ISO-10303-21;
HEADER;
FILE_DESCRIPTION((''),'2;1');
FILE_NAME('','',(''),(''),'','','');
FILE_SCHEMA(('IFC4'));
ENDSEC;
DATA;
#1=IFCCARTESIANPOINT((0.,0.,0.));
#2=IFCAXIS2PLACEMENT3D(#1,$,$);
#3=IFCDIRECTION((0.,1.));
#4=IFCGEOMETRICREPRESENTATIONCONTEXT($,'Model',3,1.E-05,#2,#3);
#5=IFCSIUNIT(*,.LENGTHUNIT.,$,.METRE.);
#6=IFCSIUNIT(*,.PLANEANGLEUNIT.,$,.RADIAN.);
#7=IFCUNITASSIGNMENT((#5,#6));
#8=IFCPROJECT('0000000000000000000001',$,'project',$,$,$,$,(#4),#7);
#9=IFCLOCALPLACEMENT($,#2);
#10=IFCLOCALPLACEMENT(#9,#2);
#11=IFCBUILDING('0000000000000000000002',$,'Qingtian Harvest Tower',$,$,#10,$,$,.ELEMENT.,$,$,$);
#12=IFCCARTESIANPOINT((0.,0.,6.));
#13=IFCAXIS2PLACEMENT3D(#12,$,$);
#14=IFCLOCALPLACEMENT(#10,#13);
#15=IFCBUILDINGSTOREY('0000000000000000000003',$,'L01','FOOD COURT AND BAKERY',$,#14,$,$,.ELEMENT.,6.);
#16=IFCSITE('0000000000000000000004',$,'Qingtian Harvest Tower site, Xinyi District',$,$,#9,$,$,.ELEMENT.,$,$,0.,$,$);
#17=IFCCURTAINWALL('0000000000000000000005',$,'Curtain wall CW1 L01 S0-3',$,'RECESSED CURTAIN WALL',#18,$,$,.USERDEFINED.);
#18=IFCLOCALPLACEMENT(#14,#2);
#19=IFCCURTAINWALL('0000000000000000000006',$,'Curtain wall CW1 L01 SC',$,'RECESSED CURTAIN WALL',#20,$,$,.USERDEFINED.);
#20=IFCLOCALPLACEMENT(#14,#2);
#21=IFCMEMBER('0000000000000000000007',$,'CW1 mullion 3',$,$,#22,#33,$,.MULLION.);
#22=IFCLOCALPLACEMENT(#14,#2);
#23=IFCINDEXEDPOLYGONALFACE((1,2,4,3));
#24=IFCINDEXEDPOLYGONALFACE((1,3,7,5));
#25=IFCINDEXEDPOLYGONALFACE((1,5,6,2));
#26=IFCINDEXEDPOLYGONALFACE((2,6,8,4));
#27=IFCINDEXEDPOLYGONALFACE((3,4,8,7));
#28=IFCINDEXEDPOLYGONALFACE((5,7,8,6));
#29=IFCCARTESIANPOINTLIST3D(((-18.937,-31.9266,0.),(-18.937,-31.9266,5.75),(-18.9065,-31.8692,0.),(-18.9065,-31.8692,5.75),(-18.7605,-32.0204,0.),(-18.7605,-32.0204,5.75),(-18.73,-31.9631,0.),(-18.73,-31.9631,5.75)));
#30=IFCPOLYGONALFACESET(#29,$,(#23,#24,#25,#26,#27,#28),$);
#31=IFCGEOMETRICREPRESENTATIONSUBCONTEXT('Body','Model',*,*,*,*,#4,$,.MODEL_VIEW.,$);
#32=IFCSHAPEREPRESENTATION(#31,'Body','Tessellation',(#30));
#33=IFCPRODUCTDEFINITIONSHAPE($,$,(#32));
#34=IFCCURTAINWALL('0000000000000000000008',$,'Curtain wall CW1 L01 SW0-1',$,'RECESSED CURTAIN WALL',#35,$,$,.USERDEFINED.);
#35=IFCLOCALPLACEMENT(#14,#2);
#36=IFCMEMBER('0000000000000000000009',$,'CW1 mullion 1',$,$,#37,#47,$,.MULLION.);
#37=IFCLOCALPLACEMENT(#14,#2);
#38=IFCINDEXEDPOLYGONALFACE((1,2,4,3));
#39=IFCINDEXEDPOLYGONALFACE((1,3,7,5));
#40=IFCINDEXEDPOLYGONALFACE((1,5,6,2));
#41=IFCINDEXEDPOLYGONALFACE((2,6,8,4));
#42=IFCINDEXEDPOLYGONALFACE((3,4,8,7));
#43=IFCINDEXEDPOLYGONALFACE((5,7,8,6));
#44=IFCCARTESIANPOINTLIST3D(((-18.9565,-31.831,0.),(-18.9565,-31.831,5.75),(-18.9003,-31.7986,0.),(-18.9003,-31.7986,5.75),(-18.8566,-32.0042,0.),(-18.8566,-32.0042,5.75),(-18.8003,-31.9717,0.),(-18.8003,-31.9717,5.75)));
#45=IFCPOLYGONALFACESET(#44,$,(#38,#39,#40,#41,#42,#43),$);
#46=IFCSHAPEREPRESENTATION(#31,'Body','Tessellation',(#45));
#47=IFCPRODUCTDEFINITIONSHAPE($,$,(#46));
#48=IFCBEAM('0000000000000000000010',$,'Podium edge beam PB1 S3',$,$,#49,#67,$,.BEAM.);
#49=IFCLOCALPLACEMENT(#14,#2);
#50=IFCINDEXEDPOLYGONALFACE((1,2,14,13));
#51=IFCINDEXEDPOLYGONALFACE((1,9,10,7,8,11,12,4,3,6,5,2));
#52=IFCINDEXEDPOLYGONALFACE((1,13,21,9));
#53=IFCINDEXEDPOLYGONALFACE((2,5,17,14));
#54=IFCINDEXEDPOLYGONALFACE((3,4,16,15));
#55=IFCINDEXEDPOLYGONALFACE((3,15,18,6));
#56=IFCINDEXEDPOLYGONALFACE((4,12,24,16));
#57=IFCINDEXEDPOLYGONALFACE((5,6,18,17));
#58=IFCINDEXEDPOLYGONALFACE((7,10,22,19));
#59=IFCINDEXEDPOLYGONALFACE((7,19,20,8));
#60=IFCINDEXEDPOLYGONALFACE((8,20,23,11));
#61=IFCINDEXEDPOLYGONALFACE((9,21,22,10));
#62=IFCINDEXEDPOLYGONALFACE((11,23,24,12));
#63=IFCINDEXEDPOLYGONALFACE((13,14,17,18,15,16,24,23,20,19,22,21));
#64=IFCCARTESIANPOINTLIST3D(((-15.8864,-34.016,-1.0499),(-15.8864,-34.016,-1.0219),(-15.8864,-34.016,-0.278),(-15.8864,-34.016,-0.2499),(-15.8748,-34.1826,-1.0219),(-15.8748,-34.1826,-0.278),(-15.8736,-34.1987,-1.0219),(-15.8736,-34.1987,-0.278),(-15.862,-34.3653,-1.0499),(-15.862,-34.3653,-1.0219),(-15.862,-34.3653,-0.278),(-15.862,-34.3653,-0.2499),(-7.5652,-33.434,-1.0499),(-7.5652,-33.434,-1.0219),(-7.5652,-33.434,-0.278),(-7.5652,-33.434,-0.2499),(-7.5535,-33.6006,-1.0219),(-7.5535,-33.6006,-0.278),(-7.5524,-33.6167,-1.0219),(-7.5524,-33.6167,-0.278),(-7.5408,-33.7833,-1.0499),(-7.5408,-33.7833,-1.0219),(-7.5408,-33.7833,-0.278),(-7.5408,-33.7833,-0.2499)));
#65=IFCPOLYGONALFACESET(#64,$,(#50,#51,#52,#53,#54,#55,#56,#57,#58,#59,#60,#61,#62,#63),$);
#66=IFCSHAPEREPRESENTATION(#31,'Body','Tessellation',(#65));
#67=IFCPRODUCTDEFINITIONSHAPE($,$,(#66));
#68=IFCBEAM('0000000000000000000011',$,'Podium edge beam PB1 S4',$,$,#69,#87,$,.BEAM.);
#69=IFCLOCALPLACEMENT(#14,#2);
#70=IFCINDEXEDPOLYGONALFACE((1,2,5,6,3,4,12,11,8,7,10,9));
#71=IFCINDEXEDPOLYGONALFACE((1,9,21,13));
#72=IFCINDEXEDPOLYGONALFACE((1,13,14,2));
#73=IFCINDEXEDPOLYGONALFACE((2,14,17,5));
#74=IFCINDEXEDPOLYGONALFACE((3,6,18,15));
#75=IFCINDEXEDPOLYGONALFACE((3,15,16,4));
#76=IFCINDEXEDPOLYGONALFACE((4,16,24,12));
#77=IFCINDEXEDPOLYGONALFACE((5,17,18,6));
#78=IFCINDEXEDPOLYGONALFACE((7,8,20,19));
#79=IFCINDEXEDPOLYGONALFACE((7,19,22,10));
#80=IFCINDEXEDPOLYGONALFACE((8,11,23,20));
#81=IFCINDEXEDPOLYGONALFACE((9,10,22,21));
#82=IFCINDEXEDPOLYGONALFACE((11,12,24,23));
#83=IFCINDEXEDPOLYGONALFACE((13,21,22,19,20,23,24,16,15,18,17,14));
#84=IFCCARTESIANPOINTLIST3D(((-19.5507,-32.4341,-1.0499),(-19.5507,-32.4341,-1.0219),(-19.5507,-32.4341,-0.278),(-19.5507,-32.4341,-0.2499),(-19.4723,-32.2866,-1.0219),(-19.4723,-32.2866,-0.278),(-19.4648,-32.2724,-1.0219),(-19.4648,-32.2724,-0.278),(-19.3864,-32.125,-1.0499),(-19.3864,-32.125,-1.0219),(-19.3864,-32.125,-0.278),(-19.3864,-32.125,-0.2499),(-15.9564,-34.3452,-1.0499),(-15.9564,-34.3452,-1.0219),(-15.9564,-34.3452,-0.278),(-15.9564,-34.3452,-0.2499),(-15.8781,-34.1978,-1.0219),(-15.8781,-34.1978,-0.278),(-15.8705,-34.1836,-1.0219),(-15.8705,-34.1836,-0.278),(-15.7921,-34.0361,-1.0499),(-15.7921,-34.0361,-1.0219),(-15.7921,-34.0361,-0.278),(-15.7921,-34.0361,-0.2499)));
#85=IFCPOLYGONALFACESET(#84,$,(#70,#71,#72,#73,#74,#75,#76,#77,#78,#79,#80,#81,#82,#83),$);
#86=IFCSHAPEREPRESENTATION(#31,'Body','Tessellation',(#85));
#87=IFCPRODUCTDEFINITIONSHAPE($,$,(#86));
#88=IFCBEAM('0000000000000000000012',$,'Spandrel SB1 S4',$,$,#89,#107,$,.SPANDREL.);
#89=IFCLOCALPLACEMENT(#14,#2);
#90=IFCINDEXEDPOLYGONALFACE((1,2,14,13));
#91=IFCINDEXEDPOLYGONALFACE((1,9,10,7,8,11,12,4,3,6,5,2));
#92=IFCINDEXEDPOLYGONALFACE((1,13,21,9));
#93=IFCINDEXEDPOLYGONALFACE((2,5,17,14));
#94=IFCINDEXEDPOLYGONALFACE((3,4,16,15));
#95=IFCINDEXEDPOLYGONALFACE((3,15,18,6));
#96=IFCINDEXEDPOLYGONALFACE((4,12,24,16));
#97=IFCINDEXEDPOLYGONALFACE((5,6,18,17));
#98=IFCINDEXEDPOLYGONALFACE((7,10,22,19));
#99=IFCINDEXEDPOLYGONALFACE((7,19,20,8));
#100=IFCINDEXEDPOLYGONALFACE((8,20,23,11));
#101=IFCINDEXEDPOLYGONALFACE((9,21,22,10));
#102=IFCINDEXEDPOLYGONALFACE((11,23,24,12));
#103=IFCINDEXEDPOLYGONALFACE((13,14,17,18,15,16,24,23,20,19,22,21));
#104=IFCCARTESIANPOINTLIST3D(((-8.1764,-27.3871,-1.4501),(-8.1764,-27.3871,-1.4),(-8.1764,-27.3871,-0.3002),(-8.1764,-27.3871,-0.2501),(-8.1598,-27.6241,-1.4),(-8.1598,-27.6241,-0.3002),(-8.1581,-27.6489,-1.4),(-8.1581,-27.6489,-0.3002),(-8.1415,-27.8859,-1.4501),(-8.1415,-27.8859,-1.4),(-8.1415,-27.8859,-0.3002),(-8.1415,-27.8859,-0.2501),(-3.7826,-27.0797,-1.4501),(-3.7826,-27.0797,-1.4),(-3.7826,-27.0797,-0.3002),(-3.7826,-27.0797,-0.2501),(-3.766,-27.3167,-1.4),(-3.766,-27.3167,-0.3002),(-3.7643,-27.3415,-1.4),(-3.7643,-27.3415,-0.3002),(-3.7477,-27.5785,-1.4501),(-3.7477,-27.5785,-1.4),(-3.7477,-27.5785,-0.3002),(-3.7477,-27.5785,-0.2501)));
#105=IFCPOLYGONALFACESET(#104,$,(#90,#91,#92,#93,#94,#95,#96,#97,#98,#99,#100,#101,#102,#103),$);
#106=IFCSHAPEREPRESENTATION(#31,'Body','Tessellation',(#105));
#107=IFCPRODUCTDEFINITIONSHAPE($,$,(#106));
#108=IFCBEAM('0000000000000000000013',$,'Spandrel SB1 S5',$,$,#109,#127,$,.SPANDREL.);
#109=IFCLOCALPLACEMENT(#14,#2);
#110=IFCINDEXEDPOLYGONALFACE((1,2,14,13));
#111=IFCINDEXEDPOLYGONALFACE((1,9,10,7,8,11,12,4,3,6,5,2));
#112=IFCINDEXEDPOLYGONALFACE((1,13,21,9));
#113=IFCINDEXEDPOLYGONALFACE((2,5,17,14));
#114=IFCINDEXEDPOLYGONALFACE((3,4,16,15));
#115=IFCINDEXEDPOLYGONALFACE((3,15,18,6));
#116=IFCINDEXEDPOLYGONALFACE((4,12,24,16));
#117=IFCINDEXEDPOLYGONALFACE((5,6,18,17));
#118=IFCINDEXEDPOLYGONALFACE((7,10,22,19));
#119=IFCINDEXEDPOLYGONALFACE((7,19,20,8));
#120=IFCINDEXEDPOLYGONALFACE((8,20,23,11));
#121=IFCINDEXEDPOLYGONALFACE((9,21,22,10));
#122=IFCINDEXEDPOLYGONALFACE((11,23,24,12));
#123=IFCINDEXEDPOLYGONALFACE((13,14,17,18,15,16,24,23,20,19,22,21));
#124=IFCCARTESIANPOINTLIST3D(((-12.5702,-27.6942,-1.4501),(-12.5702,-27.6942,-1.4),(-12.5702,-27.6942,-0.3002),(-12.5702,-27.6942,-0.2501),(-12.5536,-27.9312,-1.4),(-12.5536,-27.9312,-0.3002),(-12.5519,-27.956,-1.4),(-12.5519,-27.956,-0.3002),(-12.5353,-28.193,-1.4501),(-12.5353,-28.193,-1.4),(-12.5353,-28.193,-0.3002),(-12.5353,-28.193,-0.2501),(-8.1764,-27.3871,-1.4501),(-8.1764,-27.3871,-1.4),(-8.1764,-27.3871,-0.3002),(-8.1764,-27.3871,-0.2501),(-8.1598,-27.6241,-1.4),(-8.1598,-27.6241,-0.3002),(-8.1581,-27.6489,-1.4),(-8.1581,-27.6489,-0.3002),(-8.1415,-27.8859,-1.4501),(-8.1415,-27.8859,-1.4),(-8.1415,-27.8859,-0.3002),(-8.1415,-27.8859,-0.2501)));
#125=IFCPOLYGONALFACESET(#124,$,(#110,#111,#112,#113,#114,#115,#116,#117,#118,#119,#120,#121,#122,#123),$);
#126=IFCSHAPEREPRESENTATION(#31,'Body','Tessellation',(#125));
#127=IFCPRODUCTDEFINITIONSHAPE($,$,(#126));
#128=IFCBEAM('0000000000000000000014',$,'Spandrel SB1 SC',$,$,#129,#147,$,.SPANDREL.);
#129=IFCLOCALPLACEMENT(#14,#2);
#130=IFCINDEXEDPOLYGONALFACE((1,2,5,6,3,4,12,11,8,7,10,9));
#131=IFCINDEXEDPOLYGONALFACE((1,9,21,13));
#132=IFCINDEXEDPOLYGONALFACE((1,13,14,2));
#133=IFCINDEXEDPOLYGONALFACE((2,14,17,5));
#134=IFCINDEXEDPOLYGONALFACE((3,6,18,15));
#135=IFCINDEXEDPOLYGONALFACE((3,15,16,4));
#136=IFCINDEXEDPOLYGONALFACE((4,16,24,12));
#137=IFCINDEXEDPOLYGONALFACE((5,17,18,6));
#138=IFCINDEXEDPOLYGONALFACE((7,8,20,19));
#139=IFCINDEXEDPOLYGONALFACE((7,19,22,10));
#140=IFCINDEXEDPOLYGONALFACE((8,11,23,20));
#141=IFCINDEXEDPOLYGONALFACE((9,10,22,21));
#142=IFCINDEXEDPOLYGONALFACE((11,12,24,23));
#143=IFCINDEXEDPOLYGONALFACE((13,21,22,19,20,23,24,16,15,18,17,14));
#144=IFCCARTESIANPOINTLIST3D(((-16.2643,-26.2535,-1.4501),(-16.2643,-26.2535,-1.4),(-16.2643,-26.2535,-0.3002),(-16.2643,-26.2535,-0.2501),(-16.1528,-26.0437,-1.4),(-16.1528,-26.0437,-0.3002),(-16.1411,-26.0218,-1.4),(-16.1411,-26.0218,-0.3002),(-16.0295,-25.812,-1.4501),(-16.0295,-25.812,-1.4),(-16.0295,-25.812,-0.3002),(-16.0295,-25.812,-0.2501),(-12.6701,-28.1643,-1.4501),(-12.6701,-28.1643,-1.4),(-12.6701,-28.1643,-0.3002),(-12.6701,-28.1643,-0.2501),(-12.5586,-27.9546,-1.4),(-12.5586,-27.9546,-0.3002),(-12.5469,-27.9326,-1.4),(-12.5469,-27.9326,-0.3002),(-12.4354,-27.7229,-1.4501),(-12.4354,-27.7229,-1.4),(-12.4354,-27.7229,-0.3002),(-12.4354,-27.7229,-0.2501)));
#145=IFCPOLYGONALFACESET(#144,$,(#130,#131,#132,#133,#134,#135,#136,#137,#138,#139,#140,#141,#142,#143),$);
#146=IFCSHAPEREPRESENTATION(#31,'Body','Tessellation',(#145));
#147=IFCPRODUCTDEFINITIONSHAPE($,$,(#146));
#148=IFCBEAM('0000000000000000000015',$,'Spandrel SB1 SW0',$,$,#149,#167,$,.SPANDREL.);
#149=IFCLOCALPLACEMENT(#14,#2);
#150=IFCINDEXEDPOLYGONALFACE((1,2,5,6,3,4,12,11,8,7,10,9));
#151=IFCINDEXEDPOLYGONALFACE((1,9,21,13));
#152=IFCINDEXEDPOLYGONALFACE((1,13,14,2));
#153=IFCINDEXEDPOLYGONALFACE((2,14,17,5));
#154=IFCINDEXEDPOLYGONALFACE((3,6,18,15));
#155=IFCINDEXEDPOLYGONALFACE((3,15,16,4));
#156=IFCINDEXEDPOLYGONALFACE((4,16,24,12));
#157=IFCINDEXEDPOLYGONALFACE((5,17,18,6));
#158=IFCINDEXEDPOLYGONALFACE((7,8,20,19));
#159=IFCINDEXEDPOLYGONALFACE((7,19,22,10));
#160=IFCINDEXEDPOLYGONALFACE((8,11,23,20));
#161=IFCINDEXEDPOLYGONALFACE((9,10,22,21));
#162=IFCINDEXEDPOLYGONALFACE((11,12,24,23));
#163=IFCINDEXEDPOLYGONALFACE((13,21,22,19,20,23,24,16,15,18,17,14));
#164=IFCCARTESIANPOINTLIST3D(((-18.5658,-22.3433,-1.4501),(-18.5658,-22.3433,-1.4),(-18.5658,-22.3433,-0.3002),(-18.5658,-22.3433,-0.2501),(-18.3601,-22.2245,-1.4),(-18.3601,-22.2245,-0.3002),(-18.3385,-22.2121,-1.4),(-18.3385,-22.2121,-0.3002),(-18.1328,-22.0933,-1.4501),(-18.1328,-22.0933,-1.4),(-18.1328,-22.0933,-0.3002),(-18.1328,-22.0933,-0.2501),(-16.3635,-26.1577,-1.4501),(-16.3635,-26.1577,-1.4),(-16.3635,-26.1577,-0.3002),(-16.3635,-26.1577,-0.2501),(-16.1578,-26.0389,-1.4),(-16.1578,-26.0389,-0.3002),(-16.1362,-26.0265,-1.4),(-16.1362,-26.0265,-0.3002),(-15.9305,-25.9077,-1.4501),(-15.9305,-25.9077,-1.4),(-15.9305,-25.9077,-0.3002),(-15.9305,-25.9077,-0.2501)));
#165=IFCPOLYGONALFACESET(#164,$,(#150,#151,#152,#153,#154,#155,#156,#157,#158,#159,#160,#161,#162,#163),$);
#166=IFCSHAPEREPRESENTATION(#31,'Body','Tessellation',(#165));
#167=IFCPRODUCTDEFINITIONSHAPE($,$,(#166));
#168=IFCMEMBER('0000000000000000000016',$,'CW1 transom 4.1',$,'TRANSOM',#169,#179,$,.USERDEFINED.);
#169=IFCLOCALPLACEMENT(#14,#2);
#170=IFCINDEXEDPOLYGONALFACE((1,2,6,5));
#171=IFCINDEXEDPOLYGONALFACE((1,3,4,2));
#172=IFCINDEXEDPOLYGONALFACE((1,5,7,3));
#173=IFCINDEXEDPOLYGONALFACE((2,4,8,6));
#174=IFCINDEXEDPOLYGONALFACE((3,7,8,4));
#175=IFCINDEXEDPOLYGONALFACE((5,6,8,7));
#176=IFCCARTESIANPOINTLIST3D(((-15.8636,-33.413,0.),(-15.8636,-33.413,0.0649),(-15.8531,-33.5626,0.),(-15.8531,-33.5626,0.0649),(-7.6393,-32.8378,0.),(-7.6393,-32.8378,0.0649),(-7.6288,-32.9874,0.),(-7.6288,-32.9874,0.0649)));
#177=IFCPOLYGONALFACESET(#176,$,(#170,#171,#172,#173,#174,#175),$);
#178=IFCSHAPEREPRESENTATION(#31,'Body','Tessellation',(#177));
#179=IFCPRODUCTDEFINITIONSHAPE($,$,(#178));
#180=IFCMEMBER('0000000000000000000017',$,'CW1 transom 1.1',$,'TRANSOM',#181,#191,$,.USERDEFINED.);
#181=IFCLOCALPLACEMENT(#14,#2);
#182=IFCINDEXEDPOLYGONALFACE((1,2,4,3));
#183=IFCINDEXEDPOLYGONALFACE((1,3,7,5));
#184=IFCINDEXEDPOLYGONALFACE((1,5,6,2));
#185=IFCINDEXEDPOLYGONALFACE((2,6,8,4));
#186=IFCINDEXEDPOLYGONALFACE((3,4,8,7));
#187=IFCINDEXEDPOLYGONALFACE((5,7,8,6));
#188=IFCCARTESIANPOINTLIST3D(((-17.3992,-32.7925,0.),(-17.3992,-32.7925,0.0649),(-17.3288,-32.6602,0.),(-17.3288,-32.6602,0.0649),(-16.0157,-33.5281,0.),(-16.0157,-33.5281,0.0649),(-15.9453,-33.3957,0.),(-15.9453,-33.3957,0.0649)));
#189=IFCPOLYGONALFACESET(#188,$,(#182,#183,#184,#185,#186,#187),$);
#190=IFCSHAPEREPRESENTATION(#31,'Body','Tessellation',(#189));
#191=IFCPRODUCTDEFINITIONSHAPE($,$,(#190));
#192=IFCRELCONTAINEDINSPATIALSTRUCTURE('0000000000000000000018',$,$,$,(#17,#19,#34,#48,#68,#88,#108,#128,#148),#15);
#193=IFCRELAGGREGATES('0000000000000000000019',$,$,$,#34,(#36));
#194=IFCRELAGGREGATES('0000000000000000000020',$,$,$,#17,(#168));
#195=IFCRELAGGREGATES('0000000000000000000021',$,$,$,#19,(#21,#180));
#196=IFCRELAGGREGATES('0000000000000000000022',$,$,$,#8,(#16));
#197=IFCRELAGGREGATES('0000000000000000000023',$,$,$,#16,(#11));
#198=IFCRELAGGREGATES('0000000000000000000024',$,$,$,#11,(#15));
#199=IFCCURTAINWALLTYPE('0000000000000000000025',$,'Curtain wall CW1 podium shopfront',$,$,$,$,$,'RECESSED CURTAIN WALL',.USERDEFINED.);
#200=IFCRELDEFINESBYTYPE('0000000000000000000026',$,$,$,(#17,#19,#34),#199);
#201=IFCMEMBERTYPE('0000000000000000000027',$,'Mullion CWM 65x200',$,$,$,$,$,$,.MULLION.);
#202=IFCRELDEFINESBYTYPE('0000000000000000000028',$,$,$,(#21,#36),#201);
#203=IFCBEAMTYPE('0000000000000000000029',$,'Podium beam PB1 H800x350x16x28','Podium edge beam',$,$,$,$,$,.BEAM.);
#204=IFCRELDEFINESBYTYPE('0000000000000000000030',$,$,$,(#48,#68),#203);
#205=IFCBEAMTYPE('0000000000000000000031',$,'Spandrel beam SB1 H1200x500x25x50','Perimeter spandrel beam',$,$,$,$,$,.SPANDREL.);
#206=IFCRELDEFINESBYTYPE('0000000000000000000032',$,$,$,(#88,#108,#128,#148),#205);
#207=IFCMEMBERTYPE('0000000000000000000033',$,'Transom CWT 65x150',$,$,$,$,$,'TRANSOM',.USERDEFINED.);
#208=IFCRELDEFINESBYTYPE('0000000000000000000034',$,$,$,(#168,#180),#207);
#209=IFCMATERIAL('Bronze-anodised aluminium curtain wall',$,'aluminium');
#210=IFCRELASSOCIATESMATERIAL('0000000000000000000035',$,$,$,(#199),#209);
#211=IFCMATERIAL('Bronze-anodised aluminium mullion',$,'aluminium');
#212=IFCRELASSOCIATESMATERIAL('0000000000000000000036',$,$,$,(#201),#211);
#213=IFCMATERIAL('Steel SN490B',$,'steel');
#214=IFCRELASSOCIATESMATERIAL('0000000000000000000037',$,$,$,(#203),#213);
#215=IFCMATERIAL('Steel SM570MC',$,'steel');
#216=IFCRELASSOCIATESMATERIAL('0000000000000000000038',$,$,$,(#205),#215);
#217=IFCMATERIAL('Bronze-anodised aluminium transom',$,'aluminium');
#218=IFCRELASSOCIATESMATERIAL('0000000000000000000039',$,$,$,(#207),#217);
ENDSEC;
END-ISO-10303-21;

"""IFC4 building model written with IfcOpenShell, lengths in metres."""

from ifc_helpers import new_model, si_unit, direction, frame, origin, origin_2d, place, context, subcontext, project, spatial, rectangle, i_section, extrude, material, material_profile, profile_set, type_object, element, aggregate, save


model = new_model("IFC4")

# Units and contexts
model_context = context("Model", 3, precision=1e-05, world=origin(), true_north=direction((0.0, 1.0)))
body_context = subcontext(model_context, "Body", "Model", "MODEL_VIEW")
ifc_project = project(units=[si_unit("LENGTHUNIT", "METRE"), si_unit("PLANEANGLEUNIT", "RADIAN")], contexts=[model_context])

# Site, building, storey
site_placement = place(None, origin())
site = spatial("IfcSite", under=ifc_project, at=site_placement, Name="Qingtian Harvest Tower site, Xinyi District", CompositionType="ELEMENT", RefElevation=0.0)
building_placement = place(site_placement, origin())
building = spatial("IfcBuilding", under=site, at=building_placement, Name="Qingtian Harvest Tower", CompositionType="ELEMENT")
storey_placement = place(building_placement, frame((0.0, 0.0, 6.0)))
storey = spatial("IfcBuildingStorey", under=building, at=storey_placement, Name="L01", Description="FOOD COURT AND BAKERY", CompositionType="ELEMENT", Elevation=6.0)

# Curtain walls, member
ifc_material_1 = material(Name="Bronze-anodised aluminium curtain wall", Category="aluminium")
curtain_wall_type = type_object("IfcCurtainWallType", Name="Curtain wall CW1 podium shopfront", ElementType="RECESSED CURTAIN WALL", PredefinedType="USERDEFINED", material=ifc_material_1)
curtain_wall_1_placement = place(storey_placement, origin())
curtain_wall_1 = element("IfcCurtainWall", 1, at=curtain_wall_1_placement, inside=storey, type_object=curtain_wall_type, Name="Curtain wall CW1 L01 S0-3", ObjectType="RECESSED CURTAIN WALL", PredefinedType="USERDEFINED")
ifc_material_2 = material(Name="Bronze-anodised aluminium mullion", Category="aluminium")
ifc_material_profile_1 = material_profile(ifc_material_2, rectangle(XDim=0.0649, YDim=0.2, at=origin_2d()), Name="AL 65x200")
ifc_profile_set_1 = profile_set([ifc_material_profile_1], Name="Bronze-anodised aluminium mullion")
member_type_1 = type_object("IfcMemberType", Name="Mullion CWM 65x200", PredefinedType="MULLION", material=ifc_profile_set_1)
curtain_wall_2_placement = place(storey_placement, origin())
curtain_wall_2 = element("IfcCurtainWall", 2, at=curtain_wall_2_placement, inside=storey, type_object=curtain_wall_type, Name="Curtain wall CW1 L01 SC", ObjectType="RECESSED CURTAIN WALL", PredefinedType="USERDEFINED")
member_1_placement = place(storey_placement, frame((-18.8335, -31.9448, 0.0), z_axis=(0.0, 0.0, 1.0), x_axis=(-0.469472, -0.882948, 0.0)))
member_1 = element("IfcMember", 3, at=member_1_placement, type_object=member_type_1, Name="CW1 mullion 3", PredefinedType="MULLION", context=body_context, shape_type="SweptSolid", body=[
    extrude(rectangle(XDim=0.0649, YDim=0.2, at=origin_2d()), origin(), (0.0, 0.0, 1.0), 5.75),
])

# Curtain wall, member
curtain_wall_3_placement = place(storey_placement, origin())
curtain_wall_3 = element("IfcCurtainWall", 4, at=curtain_wall_3_placement, inside=storey, type_object=curtain_wall_type, Name="Curtain wall CW1 L01 SW0-1", ObjectType="RECESSED CURTAIN WALL", PredefinedType="USERDEFINED")
member_2_placement = place(storey_placement, frame((-18.8784, -31.9014, 0.0), z_axis=(0.0, 0.0, 1.0), x_axis=(-0.866025, -0.5, 0.0)))
member_2 = element("IfcMember", 5, at=member_2_placement, type_object=member_type_1, Name="CW1 mullion 1", PredefinedType="MULLION", context=body_context, shape_type="SweptSolid", body=[
    extrude(rectangle(XDim=0.0649, YDim=0.2, at=origin_2d()), origin(), (0.0, 0.0, 1.0), 5.75),
])

# Beams
ifc_material_3 = material(Name="Steel SN490B", Category="steel")
ifc_material_profile_2 = material_profile(ifc_material_3, i_section(OverallWidth=0.3501, OverallDepth=0.8, WebThickness=0.0161, FlangeThickness=0.0281, at=origin_2d()), Name="H800x350x16x28")
ifc_profile_set_2 = profile_set([ifc_material_profile_2], Name="Steel SN490B")
beam_type_1 = type_object("IfcBeamType", Name="Podium beam PB1 H800x350x16x28", Description="Podium edge beam", PredefinedType="BEAM", material=ifc_profile_set_2)
beam_1_placement = place(storey_placement, frame((-7.553, -33.6086, -0.6499), z_axis=(-0.997563, -0.069774, 0.0), x_axis=(0.069774, -0.997563, 0.0)))
element("IfcBeam", 6, at=beam_1_placement, inside=storey, type_object=beam_type_1, Name="Podium edge beam PB1 S3", PredefinedType="BEAM", context=body_context, shape_type="SweptSolid", body=[
    extrude(i_section(OverallWidth=0.3501, OverallDepth=0.8, WebThickness=0.0161, FlangeThickness=0.0281, at=origin_2d()), origin(), (0.0, 0.0, 1.0), 8.3416),
])
beam_2_placement = place(storey_placement, frame((-15.8743, -34.1907, -0.6499), z_axis=(-0.882943, 0.46948, 0.0), x_axis=(-0.46948, -0.882943, 0.0)))
element("IfcBeam", 7, at=beam_2_placement, inside=storey, type_object=beam_type_1, Name="Podium edge beam PB1 S4", PredefinedType="BEAM", context=body_context, shape_type="SweptSolid", body=[
    extrude(i_section(OverallWidth=0.3501, OverallDepth=0.8, WebThickness=0.0161, FlangeThickness=0.0281, at=origin_2d()), origin(), (0.0, 0.0, 1.0), 4.0708),
])
ifc_material_4 = material(Name="Steel SM570MC", Category="steel")
ifc_material_profile_3 = material_profile(ifc_material_4, i_section(OverallWidth=0.5, OverallDepth=1.2, WebThickness=0.0249, FlangeThickness=0.05, at=origin_2d()), Name="H1200x500x25x50")
ifc_profile_set_3 = profile_set([ifc_material_profile_3], Name="Steel SM570MC")
beam_type_2 = type_object("IfcBeamType", Name="Spandrel beam SB1 H1200x500x25x50", Description="Perimeter spandrel beam", PredefinedType="SPANDREL", material=ifc_profile_set_3)
for number, where, z_axis, x_axis, name in (
    (8, (-3.7651, -27.3291, -0.8501), (-0.997562, -0.069786, 0.0), (0.069786, -0.997562, 0.0), "Spandrel SB1 S4"),
    (9, (-8.1589, -27.6365, -0.8501), (-0.997566, -0.06973, 0.0), (0.06973, -0.997566, 0.0), "Spandrel SB1 S5"),
):
    element("IfcBeam", number, at=place(storey_placement, frame(where, z_axis=z_axis, x_axis=x_axis)), inside=storey, type_object=beam_type_2, Name=name, PredefinedType="SPANDREL", context=body_context, shape_type="SweptSolid", body=[
        extrude(i_section(OverallWidth=0.5, OverallDepth=1.2, WebThickness=0.0249, FlangeThickness=0.05, at=origin_2d()), origin(), (0.0, 0.0, 1.0), 4.4045),
    ])
beam_3_placement = place(storey_placement, frame((-12.5527, -27.9436, -0.8501), z_axis=(-0.882968, 0.469433, 0.0), x_axis=(-0.469433, -0.882968, 0.0)))
element("IfcBeam", 10, at=beam_3_placement, inside=storey, type_object=beam_type_2, Name="Spandrel SB1 SC", PredefinedType="SPANDREL", context=body_context, shape_type="SweptSolid", body=[
    extrude(i_section(OverallWidth=0.5, OverallDepth=1.2, WebThickness=0.0249, FlangeThickness=0.05, at=origin_2d()), origin(), (0.0, 0.0, 1.0), 4.0706),
])
beam_4_placement = place(storey_placement, frame((-16.147, -26.0327, -0.8501), z_axis=(-0.50002, 0.866014, 0.0), x_axis=(-0.866014, -0.50002, 0.0)))
element("IfcBeam", 11, at=beam_4_placement, inside=storey, type_object=beam_type_2, Name="Spandrel SB1 SW0", PredefinedType="SPANDREL", context=body_context, shape_type="SweptSolid", body=[
    extrude(i_section(OverallWidth=0.5, OverallDepth=1.2, WebThickness=0.0249, FlangeThickness=0.05, at=origin_2d()), origin(), (0.0, 0.0, 1.0), 4.4045),
])

# Members
ifc_material_5 = material(Name="Bronze-anodised aluminium transom", Category="aluminium")
ifc_material_profile_4 = material_profile(ifc_material_5, rectangle(XDim=0.1499, YDim=0.0649, at=origin_2d()), Name="AL 65x150")
ifc_profile_set_4 = profile_set([ifc_material_profile_4], Name="Bronze-anodised aluminium transom")
member_type_2 = type_object("IfcMemberType", Name="Transom CWT 65x150", ElementType="TRANSOM", PredefinedType="USERDEFINED", material=ifc_profile_set_4)
member_3_placement = place(storey_placement, frame((-7.634, -32.9126, 0.0325), z_axis=(-0.997563, -0.069768, 0.0), x_axis=(0.069768, -0.997563, 0.0)))
member_3 = element("IfcMember", 12, at=member_3_placement, type_object=member_type_2, Name="CW1 transom 4.1", ObjectType="TRANSOM", PredefinedType="USERDEFINED", context=body_context, shape_type="SweptSolid", body=[
    extrude(rectangle(XDim=0.1499, YDim=0.0649, at=origin_2d()), origin(), (0.0, 0.0, 1.0), 8.2444),
])
member_4_placement = place(storey_placement, frame((-15.9805, -33.4619, 0.0325), z_axis=(-0.88296, 0.469448, 0.0), x_axis=(-0.469448, -0.88296, 0.0)))
member_4 = element("IfcMember", 13, at=member_4_placement, type_object=member_type_2, Name="CW1 transom 1.1", ObjectType="TRANSOM", PredefinedType="USERDEFINED", context=body_context, shape_type="SweptSolid", body=[
    extrude(rectangle(XDim=0.1499, YDim=0.0649, at=origin_2d()), origin(), (0.0, 0.0, 1.0), 1.5669),
])
aggregate(curtain_wall_3, [member_2])

aggregate(curtain_wall_1, [member_3])
aggregate(curtain_wall_2, [member_1, member_4])

save(model, "model.ifc")
